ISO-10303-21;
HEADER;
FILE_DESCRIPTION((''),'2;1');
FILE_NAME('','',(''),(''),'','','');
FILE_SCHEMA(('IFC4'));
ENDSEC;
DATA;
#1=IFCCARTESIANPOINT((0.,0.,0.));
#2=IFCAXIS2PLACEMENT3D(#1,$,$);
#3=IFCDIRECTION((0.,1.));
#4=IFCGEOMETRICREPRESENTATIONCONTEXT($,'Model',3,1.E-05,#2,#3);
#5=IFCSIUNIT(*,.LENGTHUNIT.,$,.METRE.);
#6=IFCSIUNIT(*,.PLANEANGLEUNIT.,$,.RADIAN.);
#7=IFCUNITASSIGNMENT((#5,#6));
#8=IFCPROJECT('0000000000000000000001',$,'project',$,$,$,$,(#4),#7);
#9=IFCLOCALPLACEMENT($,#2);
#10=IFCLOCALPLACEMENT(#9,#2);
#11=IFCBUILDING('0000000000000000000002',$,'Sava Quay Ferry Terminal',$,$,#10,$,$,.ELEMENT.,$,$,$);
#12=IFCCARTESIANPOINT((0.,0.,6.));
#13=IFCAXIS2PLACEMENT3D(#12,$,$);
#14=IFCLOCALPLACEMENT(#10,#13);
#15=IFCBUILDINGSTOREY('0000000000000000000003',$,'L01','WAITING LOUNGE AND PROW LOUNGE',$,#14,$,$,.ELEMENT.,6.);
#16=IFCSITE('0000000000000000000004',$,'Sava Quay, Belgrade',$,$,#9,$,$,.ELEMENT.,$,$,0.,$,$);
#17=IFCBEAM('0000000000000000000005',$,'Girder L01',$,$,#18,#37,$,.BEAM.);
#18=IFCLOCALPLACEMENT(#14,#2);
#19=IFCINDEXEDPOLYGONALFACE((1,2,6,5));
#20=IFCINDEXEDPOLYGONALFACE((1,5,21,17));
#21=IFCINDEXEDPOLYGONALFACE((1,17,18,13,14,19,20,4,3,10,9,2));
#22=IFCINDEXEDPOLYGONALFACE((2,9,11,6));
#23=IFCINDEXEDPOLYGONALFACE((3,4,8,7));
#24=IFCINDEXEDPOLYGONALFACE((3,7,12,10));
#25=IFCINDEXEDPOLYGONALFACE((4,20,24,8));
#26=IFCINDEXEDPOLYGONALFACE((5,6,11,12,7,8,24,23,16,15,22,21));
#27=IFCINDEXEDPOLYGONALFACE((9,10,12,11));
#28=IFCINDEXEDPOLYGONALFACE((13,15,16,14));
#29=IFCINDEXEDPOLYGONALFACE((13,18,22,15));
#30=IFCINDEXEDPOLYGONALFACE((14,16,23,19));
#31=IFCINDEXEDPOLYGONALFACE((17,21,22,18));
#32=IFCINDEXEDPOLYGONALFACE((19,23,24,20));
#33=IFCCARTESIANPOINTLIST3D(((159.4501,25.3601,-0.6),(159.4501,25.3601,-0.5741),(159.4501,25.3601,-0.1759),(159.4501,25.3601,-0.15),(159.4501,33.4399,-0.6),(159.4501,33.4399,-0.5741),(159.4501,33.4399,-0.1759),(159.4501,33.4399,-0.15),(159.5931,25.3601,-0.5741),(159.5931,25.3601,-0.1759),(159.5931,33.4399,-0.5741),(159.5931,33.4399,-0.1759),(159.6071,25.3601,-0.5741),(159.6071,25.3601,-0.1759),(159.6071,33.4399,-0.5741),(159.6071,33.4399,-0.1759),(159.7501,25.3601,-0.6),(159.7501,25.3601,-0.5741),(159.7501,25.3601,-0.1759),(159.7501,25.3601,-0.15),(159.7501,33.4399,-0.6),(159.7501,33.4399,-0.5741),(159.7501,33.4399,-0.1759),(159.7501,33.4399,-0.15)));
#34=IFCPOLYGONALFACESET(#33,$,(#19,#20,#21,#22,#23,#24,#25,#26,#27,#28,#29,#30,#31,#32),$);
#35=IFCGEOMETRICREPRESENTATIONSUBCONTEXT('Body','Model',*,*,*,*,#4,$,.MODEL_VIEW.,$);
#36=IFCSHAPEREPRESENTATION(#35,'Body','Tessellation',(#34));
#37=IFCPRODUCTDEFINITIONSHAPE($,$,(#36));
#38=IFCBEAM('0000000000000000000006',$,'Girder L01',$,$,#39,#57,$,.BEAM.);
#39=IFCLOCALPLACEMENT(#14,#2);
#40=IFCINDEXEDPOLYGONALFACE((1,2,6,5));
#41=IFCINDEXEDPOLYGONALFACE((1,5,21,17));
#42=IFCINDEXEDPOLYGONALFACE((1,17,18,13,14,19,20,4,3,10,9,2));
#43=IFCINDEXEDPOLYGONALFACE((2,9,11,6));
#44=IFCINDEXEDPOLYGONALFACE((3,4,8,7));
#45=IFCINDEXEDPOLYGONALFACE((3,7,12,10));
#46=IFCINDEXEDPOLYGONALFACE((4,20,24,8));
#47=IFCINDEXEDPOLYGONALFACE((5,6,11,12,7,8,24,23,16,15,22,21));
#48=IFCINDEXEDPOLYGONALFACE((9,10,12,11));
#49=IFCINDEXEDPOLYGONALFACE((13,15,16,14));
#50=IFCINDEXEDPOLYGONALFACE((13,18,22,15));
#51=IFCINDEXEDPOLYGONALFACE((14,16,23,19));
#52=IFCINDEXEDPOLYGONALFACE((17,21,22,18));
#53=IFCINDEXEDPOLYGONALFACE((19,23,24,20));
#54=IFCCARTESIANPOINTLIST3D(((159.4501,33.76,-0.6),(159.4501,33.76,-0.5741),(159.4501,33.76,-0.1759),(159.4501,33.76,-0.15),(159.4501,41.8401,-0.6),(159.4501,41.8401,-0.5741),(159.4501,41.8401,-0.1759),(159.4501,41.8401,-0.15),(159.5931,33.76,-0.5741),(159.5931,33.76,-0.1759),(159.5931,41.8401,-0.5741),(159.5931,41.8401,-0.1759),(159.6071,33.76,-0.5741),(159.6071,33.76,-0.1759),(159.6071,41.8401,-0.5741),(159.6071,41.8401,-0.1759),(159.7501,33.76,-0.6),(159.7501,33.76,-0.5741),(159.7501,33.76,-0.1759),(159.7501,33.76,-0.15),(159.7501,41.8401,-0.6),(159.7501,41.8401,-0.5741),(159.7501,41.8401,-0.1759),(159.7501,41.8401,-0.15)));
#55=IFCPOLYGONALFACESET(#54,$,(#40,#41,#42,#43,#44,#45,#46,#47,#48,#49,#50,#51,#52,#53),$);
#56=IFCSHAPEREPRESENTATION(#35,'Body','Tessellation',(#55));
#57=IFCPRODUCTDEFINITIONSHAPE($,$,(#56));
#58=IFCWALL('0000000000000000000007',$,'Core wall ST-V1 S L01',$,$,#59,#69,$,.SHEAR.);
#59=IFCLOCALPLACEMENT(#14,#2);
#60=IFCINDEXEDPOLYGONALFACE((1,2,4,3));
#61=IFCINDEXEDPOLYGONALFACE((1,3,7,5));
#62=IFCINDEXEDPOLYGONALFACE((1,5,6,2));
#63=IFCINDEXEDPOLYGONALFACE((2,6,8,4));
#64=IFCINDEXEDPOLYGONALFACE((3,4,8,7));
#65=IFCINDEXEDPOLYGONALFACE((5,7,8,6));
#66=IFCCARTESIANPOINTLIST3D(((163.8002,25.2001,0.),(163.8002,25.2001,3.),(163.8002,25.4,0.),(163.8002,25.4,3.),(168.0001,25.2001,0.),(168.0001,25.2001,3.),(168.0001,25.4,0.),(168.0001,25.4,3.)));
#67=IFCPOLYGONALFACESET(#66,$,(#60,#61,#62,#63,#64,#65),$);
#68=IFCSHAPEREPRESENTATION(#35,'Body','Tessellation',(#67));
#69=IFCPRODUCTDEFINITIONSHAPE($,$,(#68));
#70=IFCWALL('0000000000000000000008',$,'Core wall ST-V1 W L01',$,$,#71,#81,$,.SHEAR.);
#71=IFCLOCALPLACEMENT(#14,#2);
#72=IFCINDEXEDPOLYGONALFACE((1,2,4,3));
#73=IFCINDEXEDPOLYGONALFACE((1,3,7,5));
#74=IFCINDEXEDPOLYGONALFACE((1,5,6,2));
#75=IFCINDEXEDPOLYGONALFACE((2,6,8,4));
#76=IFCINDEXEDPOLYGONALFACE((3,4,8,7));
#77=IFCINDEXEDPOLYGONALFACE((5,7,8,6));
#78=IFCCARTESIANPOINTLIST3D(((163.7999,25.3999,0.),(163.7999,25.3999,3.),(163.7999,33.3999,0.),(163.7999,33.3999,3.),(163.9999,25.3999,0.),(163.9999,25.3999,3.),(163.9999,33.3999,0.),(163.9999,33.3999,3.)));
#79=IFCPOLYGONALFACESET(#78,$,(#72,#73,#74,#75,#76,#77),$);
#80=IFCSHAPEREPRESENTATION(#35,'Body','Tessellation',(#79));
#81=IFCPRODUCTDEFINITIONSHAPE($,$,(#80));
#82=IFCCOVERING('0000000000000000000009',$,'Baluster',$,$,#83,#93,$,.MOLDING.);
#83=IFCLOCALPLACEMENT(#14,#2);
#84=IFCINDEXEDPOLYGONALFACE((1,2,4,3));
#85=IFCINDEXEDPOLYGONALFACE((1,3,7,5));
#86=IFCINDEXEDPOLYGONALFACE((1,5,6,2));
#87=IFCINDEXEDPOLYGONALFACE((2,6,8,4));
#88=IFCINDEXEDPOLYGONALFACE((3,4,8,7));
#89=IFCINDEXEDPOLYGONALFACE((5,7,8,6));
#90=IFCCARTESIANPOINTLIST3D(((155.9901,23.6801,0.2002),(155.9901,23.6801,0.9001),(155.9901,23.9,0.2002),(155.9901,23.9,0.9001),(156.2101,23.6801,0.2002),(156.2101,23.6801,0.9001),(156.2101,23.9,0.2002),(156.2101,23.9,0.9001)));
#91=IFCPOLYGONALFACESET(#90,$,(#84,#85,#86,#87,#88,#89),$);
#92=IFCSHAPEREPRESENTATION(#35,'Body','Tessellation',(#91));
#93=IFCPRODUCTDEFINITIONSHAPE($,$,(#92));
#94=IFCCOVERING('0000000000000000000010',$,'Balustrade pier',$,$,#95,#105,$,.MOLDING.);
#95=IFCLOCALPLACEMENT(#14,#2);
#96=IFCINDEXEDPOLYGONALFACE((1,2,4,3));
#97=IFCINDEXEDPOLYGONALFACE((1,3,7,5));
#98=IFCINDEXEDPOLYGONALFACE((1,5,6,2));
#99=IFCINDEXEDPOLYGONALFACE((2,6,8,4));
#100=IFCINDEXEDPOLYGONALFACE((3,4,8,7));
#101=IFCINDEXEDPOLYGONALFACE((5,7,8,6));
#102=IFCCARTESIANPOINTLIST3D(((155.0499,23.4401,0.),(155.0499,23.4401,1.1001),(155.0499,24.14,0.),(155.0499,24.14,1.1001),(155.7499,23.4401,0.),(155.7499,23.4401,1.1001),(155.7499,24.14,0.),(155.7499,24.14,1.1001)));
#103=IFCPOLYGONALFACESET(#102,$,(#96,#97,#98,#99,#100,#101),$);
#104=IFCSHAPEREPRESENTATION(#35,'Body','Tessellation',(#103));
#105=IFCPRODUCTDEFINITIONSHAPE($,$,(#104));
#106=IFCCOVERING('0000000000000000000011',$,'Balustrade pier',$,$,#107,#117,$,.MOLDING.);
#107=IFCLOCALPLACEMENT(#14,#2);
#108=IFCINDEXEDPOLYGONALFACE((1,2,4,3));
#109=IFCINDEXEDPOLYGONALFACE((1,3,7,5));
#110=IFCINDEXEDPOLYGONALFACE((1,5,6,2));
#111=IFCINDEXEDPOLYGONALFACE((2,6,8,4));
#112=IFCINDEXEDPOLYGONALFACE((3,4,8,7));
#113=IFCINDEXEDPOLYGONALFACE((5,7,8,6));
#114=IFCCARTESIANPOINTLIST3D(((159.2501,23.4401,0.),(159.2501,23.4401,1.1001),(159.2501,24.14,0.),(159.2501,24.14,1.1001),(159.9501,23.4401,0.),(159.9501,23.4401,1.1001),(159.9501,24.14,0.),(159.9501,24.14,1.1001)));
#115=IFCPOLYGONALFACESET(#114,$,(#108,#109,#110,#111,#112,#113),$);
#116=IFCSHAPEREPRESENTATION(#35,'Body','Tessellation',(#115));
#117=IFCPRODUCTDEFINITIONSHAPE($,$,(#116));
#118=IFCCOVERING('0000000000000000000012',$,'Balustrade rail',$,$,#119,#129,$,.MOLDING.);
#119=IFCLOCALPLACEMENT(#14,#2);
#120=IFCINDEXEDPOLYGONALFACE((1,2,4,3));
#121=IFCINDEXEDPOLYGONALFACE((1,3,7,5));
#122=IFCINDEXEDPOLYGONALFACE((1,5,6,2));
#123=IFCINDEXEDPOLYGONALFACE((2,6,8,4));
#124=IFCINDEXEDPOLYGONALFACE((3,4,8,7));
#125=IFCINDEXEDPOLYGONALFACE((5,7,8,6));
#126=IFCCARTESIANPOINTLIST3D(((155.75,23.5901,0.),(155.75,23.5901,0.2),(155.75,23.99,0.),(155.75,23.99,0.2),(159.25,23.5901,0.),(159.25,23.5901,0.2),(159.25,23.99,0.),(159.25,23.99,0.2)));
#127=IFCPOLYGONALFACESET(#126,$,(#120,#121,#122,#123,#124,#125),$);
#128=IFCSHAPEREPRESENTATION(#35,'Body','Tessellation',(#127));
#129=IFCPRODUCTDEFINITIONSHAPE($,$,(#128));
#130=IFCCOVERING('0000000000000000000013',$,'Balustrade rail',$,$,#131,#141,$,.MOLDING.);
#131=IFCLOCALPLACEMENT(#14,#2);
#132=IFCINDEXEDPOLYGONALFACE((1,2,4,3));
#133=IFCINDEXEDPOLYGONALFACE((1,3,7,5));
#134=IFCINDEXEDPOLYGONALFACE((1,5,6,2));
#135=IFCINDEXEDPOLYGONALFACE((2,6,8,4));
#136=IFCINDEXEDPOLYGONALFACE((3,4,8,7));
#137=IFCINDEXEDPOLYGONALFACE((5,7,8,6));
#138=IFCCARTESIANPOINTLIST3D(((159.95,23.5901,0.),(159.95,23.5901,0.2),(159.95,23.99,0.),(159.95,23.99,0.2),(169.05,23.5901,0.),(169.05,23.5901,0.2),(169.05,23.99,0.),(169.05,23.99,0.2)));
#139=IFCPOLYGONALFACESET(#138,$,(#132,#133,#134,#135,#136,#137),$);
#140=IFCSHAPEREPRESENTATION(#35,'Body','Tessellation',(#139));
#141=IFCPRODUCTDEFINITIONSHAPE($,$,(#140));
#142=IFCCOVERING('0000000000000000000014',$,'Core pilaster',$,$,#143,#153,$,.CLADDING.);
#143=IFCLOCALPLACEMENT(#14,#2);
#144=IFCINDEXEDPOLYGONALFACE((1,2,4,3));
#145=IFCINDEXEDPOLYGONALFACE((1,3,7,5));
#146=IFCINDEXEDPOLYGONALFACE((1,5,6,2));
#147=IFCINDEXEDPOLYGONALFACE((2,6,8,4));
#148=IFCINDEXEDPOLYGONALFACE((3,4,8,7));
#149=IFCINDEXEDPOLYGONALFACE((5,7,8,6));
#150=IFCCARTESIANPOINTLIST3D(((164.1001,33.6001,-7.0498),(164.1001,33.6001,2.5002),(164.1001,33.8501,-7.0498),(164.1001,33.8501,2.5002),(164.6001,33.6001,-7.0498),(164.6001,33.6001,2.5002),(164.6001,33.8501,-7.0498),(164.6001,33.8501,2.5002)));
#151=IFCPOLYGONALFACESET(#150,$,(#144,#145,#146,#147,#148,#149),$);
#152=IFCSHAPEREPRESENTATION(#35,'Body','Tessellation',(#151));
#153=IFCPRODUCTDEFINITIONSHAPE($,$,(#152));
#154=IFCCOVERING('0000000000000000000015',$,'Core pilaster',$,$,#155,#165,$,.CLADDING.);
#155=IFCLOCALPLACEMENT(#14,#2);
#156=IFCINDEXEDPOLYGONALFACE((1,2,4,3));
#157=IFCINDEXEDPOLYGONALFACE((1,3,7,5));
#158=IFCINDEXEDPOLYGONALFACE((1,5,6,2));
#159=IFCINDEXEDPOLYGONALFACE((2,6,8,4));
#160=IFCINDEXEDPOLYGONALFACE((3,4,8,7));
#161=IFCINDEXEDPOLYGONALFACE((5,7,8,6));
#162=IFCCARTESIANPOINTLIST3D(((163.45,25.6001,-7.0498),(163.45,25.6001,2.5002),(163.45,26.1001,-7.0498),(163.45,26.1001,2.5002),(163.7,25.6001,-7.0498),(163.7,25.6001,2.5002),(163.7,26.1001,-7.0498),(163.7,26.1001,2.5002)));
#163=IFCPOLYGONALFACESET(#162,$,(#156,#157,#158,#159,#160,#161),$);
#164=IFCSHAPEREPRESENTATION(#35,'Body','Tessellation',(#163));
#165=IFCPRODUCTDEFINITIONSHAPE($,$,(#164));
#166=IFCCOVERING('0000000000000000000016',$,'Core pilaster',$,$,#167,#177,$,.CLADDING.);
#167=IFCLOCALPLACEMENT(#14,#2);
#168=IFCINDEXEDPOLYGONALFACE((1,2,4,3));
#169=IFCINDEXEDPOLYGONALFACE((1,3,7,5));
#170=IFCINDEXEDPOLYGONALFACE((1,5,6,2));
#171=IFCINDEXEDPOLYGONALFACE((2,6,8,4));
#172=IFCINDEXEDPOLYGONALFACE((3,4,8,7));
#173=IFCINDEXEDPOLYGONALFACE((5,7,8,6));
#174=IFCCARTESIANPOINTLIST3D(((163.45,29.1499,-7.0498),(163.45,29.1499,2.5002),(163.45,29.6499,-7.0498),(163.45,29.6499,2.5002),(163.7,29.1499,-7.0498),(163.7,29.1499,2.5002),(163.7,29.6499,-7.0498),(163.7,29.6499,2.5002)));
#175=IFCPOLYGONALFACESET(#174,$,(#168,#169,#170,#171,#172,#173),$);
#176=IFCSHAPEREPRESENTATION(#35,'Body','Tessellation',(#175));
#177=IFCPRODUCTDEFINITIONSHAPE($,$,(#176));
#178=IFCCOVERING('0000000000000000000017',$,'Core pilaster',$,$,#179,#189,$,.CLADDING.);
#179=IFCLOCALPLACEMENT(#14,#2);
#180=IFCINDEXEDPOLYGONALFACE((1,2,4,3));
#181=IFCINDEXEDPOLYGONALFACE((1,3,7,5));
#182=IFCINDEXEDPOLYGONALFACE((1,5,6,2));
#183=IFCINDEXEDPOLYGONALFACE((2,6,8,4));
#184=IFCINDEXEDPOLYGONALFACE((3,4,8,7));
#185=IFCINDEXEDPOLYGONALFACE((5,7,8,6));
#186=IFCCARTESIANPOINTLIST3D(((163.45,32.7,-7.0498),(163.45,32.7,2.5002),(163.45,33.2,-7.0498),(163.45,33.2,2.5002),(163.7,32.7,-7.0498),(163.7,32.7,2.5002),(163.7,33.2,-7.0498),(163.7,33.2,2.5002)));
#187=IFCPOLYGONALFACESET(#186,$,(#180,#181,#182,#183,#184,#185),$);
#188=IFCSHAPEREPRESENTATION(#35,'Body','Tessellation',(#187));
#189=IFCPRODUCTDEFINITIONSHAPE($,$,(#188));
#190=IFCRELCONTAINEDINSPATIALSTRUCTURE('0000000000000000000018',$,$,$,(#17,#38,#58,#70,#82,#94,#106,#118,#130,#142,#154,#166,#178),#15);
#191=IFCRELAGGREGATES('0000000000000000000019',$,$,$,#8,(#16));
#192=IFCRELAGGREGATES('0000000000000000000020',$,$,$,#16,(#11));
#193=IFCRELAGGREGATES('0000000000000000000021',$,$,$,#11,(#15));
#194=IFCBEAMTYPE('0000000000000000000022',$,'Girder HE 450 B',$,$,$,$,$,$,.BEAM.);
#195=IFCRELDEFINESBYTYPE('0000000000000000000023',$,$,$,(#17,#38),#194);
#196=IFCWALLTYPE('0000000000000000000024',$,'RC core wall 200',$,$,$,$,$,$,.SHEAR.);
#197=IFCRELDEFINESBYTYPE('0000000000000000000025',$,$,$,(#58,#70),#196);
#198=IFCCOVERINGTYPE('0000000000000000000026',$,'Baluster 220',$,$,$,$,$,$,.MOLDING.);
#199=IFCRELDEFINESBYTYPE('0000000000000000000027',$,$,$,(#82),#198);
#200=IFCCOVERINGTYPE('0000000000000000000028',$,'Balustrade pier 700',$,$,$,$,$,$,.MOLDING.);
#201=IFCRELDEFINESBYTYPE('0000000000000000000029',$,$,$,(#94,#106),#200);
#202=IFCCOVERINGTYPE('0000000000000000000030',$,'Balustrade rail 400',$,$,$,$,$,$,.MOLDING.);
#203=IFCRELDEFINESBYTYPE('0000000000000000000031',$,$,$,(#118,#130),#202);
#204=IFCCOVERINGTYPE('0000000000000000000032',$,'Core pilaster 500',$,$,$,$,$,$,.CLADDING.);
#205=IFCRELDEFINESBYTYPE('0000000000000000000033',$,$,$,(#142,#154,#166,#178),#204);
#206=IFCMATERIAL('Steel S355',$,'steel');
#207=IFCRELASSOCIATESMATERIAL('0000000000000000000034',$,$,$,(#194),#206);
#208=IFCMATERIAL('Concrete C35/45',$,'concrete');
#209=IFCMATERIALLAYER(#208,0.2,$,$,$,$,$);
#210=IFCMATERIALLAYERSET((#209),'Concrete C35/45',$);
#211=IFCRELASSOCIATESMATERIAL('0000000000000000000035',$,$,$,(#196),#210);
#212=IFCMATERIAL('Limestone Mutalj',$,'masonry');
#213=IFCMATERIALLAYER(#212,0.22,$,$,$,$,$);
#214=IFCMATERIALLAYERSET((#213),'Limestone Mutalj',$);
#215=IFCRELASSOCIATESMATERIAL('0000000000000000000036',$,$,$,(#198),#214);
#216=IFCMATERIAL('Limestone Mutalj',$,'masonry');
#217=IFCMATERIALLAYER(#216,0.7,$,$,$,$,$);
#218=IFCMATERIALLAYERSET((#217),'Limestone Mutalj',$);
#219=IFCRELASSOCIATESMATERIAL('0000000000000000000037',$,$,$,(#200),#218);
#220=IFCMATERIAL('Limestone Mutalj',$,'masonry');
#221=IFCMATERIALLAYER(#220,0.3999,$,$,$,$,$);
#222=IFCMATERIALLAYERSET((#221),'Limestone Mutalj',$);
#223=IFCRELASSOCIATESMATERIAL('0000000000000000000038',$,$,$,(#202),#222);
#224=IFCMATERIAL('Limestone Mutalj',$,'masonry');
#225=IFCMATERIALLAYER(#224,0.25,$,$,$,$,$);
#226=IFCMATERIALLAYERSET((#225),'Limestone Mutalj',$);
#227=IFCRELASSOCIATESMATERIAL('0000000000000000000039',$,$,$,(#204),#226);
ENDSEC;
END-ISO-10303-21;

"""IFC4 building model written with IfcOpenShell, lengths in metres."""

from ifc_helpers import new_model, si_unit, direction, frame, frame_2d, origin, origin_2d, place, context, subcontext, project, spatial, rectangle, i_section, extrude, material, layer, layer_set, material_profile, profile_set, type_object, element, save


model = new_model("IFC4")

# Units and contexts
model_context = context("Model", 3, precision=1e-05, world=origin(), true_north=direction((0.0, 1.0)))
body_context = subcontext(model_context, "Body", "Model", "MODEL_VIEW")
ifc_project = project(units=[si_unit("LENGTHUNIT", "METRE"), si_unit("PLANEANGLEUNIT", "RADIAN")], contexts=[model_context])

# Site, building, storey
site_placement = place(None, origin())
site = spatial("IfcSite", under=ifc_project, at=site_placement, Name="Sava Quay, Belgrade", CompositionType="ELEMENT", RefElevation=0.0)
building_placement = place(site_placement, origin())
building = spatial("IfcBuilding", under=site, at=building_placement, Name="Sava Quay Ferry Terminal", CompositionType="ELEMENT")
storey_placement = place(building_placement, frame((0.0, 0.0, 6.0)))
storey = spatial("IfcBuildingStorey", under=building, at=storey_placement, Name="L01", Description="WAITING LOUNGE AND PROW LOUNGE", CompositionType="ELEMENT", Elevation=6.0)

# Beams
ifc_material_1 = material(Name="Steel S355", Category="steel")
ifc_material_profile = material_profile(ifc_material_1, i_section(OverallWidth=0.3, OverallDepth=0.45, WebThickness=0.0139, FlangeThickness=0.0259, at=origin_2d()), Name="HE 450 B")
ifc_profile_set = profile_set([ifc_material_profile], Name="Steel S355")
beam_type = type_object("IfcBeamType", Name="Girder HE 450 B", PredefinedType="BEAM", material=ifc_profile_set)
beam_1_placement = place(storey_placement, frame((159.6001, 25.3601, -0.375), z_axis=(0.0, 1.0, 0.0), x_axis=(-1.0, 0.0, 0.0)))
element("IfcBeam", 1, at=beam_1_placement, inside=storey, type_object=beam_type, Name="Girder L01", PredefinedType="BEAM", context=body_context, shape_type="SweptSolid", body=[
    extrude(i_section(OverallWidth=0.3, OverallDepth=0.45, WebThickness=0.0139, FlangeThickness=0.0259, at=origin_2d()), origin(), (0.0, 0.0, 1.0), 8.0798),
])
beam_2_placement = place(storey_placement, frame((159.6001, 33.76, -0.375), z_axis=(0.0, 1.0, 0.0), x_axis=(-1.0, 0.0, 0.0)))
element("IfcBeam", 2, at=beam_2_placement, inside=storey, type_object=beam_type, Name="Girder L01", PredefinedType="BEAM", context=body_context, shape_type="SweptSolid", body=[
    extrude(i_section(OverallWidth=0.3, OverallDepth=0.45, WebThickness=0.0139, FlangeThickness=0.0259, at=origin_2d()), origin(), (0.0, 0.0, 1.0), 8.0801),
])

# Wall
ifc_material_2 = material(Name="Concrete C35/45", Category="concrete")
ifc_layer_1 = layer(ifc_material_2, 0.2)
ifc_layer_set_1 = layer_set([ifc_layer_1], Name="Concrete C35/45")
wall_type = type_object("IfcWallType", Name="RC core wall 200", PredefinedType="SHEAR", material=ifc_layer_set_1)
wall_1_placement = place(storey_placement, frame((163.8, 25.3, 0.0), z_axis=(0.0, 0.0, 1.0), x_axis=(1.0, 0.0, 0.0)))
element("IfcWall", 3, at=wall_1_placement, inside=storey, type_object=wall_type, Name="Core wall ST-V1 S L01", PredefinedType="SHEAR", context=body_context, shape_type="SweptSolid", body=[
    extrude(rectangle(XDim=4.2, YDim=0.2, at=frame_2d((2.1001, 0.0))), origin(), (0.0, 0.0, 1.0), 3.0),
])

# Wall
wall_2_placement = place(storey_placement, frame((163.8999, 25.3999, 0.0), z_axis=(0.0, 0.0, 1.0), x_axis=(0.0, 1.0, 0.0)))
element("IfcWall", 4, at=wall_2_placement, inside=storey, type_object=wall_type, Name="Core wall ST-V1 W L01", PredefinedType="SHEAR", context=body_context, shape_type="SweptSolid", body=[
    extrude(rectangle(XDim=8.0, YDim=0.2, at=frame_2d((4.0, 0.0))), origin(), (0.0, 0.0, 1.0), 3.0),
])

# Coverings
ifc_material_3 = material(Name="Limestone Mutalj", Category="masonry")
ifc_layer_2 = layer(ifc_material_3, 0.22)
ifc_layer_set_2 = layer_set([ifc_layer_2], Name="Limestone Mutalj")
covering_type_1 = type_object("IfcCoveringType", Name="Baluster 220", PredefinedType="MOLDING", material=ifc_layer_set_2)
covering_1_placement = place(storey_placement, frame((156.1001, 23.79, 0.2002), z_axis=(0.0, 0.0, 1.0), x_axis=(1.0, 0.0, 0.0)))
element("IfcCovering", 5, at=covering_1_placement, inside=storey, type_object=covering_type_1, Name="Baluster", PredefinedType="MOLDING", context=body_context, shape_type="SweptSolid", body=[
    extrude(rectangle(XDim=0.22, YDim=0.22, at=origin_2d()), origin(), (0.0, 0.0, 1.0), 0.7),
])
ifc_material_4 = material(Name="Limestone Mutalj", Category="masonry")
ifc_layer_3 = layer(ifc_material_4, 0.7)
ifc_layer_set_3 = layer_set([ifc_layer_3], Name="Limestone Mutalj")
covering_type_2 = type_object("IfcCoveringType", Name="Balustrade pier 700", PredefinedType="MOLDING", material=ifc_layer_set_3)
for number, where, z_axis, x_axis, name in (
    (6, (155.3999, 23.79, 0.0), (0.0, 0.0, 1.0), (1.0, 0.0, 0.0), "Balustrade pier"),
    (7, (159.6001, 23.79, 0.0), (0.0, 0.0, 1.0), (1.0, 0.0, 0.0), "Balustrade pier"),
):
    element("IfcCovering", number, at=place(storey_placement, frame(where, z_axis=z_axis, x_axis=x_axis)), inside=storey, type_object=covering_type_2, Name=name, PredefinedType="MOLDING", context=body_context, shape_type="SweptSolid", body=[
        extrude(rectangle(XDim=0.7, YDim=0.7, at=origin_2d()), origin(), (0.0, 0.0, 1.0), 1.1001),
    ])
ifc_material_5 = material(Name="Limestone Mutalj", Category="masonry")
ifc_layer_4 = layer(ifc_material_5, 0.3999)
ifc_layer_set_4 = layer_set([ifc_layer_4], Name="Limestone Mutalj")
covering_type_3 = type_object("IfcCoveringType", Name="Balustrade rail 400", PredefinedType="MOLDING", material=ifc_layer_set_4)
covering_2_placement = place(storey_placement, frame((157.5, 23.79, 0.0), z_axis=(0.0, 0.0, 1.0), x_axis=(1.0, 0.0, 0.0)))
element("IfcCovering", 8, at=covering_2_placement, inside=storey, type_object=covering_type_3, Name="Balustrade rail", PredefinedType="MOLDING", context=body_context, shape_type="SweptSolid", body=[
    extrude(rectangle(XDim=3.5, YDim=0.3999, at=origin_2d()), origin(), (0.0, 0.0, 1.0), 0.2),
])
covering_3_placement = place(storey_placement, frame((164.5, 23.79, 0.0), z_axis=(0.0, 0.0, 1.0), x_axis=(1.0, 0.0, 0.0)))
element("IfcCovering", 9, at=covering_3_placement, inside=storey, type_object=covering_type_3, Name="Balustrade rail", PredefinedType="MOLDING", context=body_context, shape_type="SweptSolid", body=[
    extrude(rectangle(XDim=9.1001, YDim=0.3999, at=origin_2d()), origin(), (0.0, 0.0, 1.0), 0.2),
])
ifc_material_6 = material(Name="Limestone Mutalj", Category="masonry")
ifc_layer_5 = layer(ifc_material_6, 0.25)
ifc_layer_set_5 = layer_set([ifc_layer_5], Name="Limestone Mutalj")
covering_type_4 = type_object("IfcCoveringType", Name="Core pilaster 500", PredefinedType="CLADDING", material=ifc_layer_set_5)
covering_4_placement = place(storey_placement, frame((164.3501, 33.7251, -7.0498), z_axis=(0.0, 0.0, 1.0), x_axis=(1.0, 0.0, 0.0)))
element("IfcCovering", 10, at=covering_4_placement, inside=storey, type_object=covering_type_4, Name="Core pilaster", PredefinedType="CLADDING", context=body_context, shape_type="SweptSolid", body=[
    extrude(rectangle(XDim=0.5, YDim=0.25, at=origin_2d()), origin(), (0.0, 0.0, 1.0), 9.55),
])
for number, where, z_axis, x_axis, name in (
    (11, (163.575, 25.8501, -7.0498), (0.0, 0.0, 1.0), (1.0, 0.0, 0.0), "Core pilaster"),
    (12, (163.575, 29.3999, -7.0498), (0.0, 0.0, 1.0), (1.0, 0.0, 0.0), "Core pilaster"),
    (13, (163.575, 32.95, -7.0498), (0.0, 0.0, 1.0), (1.0, 0.0, 0.0), "Core pilaster"),
):
    element("IfcCovering", number, at=place(storey_placement, frame(where, z_axis=z_axis, x_axis=x_axis)), inside=storey, type_object=covering_type_4, Name=name, PredefinedType="CLADDING", context=body_context, shape_type="SweptSolid", body=[
        extrude(rectangle(XDim=0.25, YDim=0.5, at=origin_2d()), origin(), (0.0, 0.0, 1.0), 9.55),
    ])

save(model, "model.ifc")
